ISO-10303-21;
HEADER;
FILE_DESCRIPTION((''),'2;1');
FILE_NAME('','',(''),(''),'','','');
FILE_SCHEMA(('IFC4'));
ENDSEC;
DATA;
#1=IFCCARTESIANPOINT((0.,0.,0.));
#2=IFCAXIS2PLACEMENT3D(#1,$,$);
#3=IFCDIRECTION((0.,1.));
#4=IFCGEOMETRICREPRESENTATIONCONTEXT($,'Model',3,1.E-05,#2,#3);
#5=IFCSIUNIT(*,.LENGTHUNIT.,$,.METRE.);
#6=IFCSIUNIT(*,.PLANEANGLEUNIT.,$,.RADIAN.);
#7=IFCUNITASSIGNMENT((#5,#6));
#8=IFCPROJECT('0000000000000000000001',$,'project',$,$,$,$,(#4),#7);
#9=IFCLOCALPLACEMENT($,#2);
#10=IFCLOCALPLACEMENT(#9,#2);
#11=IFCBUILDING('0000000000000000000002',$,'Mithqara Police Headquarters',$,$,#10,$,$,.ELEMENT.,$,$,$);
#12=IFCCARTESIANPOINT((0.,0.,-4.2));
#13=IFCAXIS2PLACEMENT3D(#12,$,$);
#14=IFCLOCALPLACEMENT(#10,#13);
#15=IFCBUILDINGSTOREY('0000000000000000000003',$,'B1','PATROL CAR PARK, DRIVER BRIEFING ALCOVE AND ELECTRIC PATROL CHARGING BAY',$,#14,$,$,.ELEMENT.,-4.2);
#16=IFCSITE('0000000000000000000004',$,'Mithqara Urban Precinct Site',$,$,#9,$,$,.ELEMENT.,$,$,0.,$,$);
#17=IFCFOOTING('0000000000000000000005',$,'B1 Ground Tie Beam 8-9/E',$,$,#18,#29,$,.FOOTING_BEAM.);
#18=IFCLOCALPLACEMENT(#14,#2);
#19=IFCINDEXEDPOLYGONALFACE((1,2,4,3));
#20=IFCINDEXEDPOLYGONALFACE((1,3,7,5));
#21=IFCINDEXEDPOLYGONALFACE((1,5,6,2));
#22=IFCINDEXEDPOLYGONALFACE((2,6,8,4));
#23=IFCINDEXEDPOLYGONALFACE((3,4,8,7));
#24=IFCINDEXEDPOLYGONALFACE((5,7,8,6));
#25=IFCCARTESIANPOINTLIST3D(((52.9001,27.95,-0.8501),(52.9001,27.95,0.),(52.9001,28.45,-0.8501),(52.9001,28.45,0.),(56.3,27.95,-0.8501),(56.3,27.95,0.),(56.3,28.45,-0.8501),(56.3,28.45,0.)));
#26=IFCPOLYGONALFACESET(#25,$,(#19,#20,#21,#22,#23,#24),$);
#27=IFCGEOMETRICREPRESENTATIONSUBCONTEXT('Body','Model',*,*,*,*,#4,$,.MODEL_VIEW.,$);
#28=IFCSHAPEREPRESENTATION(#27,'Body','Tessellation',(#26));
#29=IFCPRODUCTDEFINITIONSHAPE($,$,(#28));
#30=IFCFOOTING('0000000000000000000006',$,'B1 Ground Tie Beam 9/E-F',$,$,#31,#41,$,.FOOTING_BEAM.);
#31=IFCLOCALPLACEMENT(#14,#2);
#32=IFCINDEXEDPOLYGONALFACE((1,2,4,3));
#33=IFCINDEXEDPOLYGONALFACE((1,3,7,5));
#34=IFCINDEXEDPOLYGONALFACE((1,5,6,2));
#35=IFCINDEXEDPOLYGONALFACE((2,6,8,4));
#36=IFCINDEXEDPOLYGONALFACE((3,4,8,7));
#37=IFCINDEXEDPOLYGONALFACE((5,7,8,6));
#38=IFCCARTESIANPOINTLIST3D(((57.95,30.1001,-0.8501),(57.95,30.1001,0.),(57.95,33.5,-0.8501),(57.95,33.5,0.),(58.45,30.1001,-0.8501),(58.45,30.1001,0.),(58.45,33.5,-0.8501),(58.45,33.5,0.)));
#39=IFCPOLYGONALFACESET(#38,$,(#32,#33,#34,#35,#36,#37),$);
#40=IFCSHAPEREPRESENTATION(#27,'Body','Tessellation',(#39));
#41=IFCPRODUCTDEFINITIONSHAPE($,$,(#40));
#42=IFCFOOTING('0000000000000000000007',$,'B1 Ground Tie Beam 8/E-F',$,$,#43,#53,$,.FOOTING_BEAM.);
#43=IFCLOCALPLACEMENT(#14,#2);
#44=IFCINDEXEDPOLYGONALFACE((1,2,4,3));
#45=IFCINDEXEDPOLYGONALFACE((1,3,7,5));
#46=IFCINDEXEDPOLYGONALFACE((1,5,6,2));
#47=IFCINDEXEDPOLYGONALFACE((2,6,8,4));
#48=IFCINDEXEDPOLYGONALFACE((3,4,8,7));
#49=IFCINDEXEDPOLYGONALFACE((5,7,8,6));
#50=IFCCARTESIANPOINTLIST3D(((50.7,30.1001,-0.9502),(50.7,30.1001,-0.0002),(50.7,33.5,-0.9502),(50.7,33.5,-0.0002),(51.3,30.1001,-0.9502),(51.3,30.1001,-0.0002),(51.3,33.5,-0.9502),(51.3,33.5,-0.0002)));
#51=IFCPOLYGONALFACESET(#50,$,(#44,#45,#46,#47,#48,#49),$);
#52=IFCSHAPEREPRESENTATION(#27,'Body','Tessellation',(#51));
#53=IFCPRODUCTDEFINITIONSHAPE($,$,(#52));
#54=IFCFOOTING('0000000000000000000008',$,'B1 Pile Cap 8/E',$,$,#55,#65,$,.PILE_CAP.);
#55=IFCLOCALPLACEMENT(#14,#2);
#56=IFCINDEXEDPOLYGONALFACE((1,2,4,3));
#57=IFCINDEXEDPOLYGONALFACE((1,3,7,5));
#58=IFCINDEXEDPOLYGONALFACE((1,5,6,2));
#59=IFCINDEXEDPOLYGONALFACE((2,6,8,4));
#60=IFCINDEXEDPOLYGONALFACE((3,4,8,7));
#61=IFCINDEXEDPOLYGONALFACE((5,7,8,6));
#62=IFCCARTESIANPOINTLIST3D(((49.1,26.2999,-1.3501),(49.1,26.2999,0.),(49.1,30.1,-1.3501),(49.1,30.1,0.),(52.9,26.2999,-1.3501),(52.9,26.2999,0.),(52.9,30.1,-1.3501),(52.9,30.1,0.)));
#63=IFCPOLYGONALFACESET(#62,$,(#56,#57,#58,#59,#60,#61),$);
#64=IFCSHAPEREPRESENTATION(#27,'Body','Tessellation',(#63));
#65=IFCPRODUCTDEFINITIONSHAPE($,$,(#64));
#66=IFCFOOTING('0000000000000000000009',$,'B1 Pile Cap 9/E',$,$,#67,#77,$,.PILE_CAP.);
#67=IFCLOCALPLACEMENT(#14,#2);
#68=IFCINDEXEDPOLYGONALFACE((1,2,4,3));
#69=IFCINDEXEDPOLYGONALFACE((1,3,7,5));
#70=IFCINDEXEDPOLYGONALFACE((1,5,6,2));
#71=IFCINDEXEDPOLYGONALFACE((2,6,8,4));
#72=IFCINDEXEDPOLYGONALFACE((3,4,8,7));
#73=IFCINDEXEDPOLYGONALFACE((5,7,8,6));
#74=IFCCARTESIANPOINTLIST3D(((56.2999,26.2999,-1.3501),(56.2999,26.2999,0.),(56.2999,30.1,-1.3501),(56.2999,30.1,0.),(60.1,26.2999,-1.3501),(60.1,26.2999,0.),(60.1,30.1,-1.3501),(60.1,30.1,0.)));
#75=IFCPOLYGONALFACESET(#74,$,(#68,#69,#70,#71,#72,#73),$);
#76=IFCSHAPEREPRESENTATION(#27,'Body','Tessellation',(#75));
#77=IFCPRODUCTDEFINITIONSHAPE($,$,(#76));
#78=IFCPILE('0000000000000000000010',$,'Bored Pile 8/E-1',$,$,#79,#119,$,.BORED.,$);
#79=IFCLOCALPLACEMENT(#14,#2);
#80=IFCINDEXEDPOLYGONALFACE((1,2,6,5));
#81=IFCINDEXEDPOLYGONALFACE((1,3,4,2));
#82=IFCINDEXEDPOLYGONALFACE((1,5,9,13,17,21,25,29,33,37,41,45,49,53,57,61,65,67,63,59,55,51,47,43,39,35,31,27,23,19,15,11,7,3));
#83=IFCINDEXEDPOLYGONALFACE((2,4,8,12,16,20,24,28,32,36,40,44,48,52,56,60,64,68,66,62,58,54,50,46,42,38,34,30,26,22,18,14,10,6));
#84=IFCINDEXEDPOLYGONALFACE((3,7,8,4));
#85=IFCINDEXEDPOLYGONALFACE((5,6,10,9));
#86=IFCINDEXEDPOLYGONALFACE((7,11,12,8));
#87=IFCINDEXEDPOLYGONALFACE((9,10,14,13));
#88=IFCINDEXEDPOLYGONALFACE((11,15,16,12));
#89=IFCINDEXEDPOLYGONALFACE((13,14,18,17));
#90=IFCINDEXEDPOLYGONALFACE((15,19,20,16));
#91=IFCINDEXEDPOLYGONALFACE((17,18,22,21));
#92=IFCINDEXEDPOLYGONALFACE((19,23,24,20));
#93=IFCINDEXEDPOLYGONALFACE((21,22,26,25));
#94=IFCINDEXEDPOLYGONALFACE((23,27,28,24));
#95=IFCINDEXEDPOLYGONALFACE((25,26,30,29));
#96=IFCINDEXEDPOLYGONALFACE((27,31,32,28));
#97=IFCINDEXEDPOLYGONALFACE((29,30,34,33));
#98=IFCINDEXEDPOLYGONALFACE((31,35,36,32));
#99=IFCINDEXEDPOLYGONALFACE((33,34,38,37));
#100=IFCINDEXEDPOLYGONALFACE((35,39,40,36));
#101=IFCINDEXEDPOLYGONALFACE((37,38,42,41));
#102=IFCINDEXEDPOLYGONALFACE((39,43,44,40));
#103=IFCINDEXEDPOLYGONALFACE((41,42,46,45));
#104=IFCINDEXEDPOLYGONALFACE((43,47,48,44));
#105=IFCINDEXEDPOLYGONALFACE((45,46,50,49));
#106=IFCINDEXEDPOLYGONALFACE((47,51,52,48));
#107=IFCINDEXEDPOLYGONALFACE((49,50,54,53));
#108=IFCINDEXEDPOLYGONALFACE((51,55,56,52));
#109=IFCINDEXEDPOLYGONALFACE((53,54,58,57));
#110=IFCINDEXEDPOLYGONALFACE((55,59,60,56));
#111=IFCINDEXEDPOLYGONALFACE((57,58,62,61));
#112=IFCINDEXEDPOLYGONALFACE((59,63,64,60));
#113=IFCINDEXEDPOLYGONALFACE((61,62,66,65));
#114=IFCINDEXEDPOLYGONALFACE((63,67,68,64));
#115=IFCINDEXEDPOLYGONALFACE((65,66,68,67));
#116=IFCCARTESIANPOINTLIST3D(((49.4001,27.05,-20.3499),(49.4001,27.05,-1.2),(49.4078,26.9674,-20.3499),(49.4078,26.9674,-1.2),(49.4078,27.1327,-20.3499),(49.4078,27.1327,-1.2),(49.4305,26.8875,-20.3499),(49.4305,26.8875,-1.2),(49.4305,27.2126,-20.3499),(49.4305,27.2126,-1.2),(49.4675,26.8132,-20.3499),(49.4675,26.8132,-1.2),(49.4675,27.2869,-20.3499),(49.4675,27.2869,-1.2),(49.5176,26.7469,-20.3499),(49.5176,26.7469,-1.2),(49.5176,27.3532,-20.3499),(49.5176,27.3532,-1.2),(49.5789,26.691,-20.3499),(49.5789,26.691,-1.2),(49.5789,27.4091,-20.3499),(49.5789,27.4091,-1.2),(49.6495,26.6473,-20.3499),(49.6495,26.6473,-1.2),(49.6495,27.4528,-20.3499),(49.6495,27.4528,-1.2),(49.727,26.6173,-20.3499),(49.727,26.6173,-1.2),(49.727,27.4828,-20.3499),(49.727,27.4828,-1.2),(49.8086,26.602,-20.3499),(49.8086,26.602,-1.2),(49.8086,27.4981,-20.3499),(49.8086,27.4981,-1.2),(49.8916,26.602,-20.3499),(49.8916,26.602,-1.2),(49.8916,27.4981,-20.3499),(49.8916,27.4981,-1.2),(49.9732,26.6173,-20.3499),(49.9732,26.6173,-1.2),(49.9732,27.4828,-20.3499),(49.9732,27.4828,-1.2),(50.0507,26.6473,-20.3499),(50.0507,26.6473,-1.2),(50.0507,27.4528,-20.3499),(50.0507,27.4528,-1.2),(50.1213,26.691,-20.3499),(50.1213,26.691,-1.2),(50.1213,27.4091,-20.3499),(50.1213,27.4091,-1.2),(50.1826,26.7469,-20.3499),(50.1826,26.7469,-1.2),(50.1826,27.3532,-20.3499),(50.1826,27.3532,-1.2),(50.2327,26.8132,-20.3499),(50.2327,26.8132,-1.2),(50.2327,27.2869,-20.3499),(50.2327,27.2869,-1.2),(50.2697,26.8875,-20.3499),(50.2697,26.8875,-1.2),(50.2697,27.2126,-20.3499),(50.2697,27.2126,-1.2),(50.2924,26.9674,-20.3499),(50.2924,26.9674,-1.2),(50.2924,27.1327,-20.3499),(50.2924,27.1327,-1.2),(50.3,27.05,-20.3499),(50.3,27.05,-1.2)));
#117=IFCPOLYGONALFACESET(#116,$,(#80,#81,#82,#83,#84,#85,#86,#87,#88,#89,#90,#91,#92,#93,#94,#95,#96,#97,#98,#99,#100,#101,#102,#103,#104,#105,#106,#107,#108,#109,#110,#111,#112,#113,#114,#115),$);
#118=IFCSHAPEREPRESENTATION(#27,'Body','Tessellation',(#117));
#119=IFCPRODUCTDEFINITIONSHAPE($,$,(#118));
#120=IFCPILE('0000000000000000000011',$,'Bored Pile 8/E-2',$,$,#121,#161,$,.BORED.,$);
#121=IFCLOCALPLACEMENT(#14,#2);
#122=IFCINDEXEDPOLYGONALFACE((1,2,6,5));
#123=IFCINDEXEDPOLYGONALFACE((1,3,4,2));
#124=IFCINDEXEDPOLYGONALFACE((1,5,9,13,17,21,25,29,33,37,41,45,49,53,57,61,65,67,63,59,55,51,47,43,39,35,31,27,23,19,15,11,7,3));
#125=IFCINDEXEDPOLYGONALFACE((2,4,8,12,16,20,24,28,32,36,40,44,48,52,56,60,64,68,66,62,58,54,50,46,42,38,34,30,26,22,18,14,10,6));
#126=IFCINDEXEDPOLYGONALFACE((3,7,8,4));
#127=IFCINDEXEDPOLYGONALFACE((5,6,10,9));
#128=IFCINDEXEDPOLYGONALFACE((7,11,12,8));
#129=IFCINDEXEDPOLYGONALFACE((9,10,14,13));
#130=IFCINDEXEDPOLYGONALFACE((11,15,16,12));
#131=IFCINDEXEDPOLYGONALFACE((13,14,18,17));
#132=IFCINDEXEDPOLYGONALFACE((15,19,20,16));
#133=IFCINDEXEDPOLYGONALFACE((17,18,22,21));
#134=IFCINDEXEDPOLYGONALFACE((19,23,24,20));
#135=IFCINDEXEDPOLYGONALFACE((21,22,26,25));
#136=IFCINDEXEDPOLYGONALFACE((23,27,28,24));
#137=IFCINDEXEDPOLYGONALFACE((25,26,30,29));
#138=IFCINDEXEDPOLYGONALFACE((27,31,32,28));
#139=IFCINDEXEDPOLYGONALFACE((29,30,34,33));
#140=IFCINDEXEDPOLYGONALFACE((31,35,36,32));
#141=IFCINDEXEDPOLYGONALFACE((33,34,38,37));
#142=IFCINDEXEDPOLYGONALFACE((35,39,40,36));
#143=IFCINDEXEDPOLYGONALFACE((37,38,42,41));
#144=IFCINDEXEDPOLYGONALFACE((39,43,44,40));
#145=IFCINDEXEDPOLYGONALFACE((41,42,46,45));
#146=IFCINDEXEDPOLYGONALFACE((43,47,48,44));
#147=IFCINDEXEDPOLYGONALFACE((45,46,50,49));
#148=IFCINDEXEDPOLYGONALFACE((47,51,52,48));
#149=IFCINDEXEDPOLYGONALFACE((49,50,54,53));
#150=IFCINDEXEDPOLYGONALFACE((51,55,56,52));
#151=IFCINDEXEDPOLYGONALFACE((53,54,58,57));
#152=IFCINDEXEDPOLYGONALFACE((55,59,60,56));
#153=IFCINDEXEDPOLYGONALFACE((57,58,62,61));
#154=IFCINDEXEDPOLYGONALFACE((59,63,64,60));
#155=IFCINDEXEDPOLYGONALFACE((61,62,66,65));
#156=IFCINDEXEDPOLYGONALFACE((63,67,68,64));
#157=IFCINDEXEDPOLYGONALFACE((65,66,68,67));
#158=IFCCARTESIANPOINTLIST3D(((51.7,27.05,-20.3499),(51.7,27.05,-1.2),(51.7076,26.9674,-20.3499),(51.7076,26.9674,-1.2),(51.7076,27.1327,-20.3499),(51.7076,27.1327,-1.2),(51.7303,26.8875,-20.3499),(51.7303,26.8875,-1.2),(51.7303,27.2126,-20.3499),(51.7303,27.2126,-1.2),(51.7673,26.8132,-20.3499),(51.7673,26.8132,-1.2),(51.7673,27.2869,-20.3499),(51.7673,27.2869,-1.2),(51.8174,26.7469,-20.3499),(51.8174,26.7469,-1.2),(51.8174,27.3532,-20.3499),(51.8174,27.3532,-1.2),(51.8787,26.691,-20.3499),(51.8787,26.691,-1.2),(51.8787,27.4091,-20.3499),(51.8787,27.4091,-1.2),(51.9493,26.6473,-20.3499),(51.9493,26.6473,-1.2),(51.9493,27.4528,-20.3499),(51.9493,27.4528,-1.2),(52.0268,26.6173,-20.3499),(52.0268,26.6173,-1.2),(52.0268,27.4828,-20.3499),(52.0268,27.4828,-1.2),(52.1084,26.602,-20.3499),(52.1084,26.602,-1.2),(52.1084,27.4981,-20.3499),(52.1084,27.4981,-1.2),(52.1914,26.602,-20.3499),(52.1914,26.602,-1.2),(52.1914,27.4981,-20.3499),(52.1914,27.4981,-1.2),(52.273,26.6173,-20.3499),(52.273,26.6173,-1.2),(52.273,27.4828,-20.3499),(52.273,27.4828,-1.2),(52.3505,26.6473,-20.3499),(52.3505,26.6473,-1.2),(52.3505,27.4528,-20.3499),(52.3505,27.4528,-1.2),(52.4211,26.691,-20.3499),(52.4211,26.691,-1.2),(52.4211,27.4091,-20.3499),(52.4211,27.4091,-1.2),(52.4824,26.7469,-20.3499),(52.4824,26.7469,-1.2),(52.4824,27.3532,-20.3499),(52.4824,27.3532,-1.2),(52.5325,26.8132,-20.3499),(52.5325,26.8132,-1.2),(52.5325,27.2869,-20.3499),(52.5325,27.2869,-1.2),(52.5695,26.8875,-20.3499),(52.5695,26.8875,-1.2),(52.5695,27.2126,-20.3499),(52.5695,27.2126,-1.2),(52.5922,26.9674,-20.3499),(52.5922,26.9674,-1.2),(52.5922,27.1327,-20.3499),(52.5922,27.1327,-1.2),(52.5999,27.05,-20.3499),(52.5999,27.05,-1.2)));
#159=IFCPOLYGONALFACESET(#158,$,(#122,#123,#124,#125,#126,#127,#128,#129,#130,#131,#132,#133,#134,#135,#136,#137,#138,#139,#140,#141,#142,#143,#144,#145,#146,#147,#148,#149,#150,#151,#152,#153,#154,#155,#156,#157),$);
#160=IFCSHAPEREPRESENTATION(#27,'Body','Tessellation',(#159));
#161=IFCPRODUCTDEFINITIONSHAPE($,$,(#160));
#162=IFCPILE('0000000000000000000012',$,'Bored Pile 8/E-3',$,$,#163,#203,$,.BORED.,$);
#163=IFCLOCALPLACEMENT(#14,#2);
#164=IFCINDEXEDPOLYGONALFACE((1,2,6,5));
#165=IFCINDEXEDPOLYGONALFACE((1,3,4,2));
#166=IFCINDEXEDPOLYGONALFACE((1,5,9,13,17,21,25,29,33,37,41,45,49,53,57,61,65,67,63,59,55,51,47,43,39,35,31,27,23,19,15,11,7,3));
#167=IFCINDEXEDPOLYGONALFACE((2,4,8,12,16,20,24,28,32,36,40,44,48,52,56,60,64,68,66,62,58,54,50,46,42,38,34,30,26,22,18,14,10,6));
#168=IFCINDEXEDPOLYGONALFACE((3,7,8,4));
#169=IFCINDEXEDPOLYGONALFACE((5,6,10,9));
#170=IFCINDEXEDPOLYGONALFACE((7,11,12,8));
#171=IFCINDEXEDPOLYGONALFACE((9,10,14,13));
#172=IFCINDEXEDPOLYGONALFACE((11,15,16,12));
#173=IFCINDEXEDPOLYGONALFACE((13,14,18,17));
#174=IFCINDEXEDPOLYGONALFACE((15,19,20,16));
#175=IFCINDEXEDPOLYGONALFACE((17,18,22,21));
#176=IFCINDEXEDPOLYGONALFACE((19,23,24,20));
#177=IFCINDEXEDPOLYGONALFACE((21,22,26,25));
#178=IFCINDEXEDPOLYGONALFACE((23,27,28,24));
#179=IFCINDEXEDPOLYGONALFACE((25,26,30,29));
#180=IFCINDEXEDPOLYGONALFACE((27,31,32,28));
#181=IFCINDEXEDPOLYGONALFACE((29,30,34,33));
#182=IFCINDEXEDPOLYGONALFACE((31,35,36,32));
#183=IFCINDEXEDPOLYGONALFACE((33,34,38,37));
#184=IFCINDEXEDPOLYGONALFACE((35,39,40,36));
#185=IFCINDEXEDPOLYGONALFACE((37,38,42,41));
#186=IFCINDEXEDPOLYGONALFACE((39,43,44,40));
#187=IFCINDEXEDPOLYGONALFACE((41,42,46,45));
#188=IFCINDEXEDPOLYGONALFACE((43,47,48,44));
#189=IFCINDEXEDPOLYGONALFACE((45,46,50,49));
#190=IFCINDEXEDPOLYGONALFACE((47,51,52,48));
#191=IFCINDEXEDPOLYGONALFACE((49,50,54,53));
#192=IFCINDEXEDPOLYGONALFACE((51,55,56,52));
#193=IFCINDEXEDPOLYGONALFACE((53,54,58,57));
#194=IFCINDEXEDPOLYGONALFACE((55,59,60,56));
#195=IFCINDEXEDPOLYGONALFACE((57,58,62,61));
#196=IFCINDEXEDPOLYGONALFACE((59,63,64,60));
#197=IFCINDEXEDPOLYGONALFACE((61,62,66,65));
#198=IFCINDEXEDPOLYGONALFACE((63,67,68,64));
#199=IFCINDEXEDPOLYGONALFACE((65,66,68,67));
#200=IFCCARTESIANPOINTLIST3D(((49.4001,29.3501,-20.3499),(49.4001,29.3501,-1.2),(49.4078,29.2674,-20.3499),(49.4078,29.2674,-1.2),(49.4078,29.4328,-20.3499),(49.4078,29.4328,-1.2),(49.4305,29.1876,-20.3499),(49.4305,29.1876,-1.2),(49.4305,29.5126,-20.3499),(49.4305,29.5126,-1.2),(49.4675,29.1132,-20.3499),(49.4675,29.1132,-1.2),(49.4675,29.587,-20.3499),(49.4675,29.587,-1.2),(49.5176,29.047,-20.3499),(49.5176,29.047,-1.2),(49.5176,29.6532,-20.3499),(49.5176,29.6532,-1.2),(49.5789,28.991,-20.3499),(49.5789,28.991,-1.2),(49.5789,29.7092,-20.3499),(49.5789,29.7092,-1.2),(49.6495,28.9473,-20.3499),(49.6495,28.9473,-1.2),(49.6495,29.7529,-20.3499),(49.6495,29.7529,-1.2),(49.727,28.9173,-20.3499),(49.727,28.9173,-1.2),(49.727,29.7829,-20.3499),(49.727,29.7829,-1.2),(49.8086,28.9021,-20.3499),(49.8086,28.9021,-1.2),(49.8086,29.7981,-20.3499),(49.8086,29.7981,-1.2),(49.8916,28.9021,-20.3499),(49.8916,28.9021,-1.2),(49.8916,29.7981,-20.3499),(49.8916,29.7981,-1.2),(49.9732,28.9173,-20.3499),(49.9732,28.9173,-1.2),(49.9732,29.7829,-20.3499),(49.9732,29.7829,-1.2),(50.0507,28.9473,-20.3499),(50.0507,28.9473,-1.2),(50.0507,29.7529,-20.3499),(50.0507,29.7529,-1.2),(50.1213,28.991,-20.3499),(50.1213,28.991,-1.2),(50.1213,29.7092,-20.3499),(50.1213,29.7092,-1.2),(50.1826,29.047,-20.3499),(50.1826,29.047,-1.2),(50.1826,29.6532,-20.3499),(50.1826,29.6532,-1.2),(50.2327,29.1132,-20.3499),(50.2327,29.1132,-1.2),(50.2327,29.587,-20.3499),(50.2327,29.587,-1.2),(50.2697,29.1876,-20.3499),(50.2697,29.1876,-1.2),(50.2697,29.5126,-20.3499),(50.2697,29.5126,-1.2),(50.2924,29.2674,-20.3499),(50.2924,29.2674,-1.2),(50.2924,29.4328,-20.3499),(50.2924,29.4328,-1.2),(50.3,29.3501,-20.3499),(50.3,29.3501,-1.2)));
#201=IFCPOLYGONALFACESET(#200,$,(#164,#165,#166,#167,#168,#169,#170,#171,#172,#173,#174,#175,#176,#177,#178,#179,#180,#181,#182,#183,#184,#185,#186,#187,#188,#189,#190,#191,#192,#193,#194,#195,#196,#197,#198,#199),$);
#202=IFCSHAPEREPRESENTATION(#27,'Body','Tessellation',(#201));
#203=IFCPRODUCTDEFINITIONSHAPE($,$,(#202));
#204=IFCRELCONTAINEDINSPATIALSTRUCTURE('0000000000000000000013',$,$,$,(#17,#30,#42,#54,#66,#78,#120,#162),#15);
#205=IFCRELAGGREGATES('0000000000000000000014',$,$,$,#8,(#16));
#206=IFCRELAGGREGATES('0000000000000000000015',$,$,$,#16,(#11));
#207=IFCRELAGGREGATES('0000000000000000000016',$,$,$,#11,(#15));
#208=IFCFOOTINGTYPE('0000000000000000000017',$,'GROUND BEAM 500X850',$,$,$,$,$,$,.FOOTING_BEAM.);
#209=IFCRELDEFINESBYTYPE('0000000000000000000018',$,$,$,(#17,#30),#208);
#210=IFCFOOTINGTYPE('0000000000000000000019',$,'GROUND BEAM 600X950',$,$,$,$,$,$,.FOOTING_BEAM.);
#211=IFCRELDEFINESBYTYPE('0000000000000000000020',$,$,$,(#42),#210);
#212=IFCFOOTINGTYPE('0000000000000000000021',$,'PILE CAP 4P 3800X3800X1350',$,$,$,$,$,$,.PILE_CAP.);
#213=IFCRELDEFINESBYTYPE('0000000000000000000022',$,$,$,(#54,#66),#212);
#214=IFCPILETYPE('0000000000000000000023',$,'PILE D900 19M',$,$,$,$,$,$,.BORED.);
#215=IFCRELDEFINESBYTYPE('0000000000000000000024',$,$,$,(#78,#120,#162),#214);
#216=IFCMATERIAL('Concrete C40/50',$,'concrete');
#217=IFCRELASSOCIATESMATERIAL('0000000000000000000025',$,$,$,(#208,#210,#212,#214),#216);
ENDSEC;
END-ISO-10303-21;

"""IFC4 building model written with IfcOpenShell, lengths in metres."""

from ifc_helpers import new_model, si_unit, direction, frame, origin, origin_2d, place, context, subcontext, project, spatial, rectangle, circle, extrude, material, material_profile, profile_set, type_object, element, save


model = new_model("IFC4")

# Units and contexts
model_context = context("Model", 3, precision=1e-05, world=origin(), true_north=direction((0.0, 1.0)))
body_context = subcontext(model_context, "Body", "Model", "MODEL_VIEW")
ifc_project = project(units=[si_unit("LENGTHUNIT", "METRE"), si_unit("PLANEANGLEUNIT", "RADIAN")], contexts=[model_context])

# Site, building, storey
site_placement = place(None, origin())
site = spatial("IfcSite", under=ifc_project, at=site_placement, Name="Mithqara Urban Precinct Site", CompositionType="ELEMENT", RefElevation=0.0)
building_placement = place(site_placement, origin())
building = spatial("IfcBuilding", under=site, at=building_placement, Name="Mithqara Police Headquarters", CompositionType="ELEMENT")
storey_placement = place(building_placement, frame((0.0, 0.0, -4.2)))
storey = spatial("IfcBuildingStorey", under=building, at=storey_placement, Name="B1", Description="PATROL CAR PARK, DRIVER BRIEFING ALCOVE AND ELECTRIC PATROL CHARGING BAY", CompositionType="ELEMENT", Elevation=-4.2)

# Footings
ifc_material_1 = material(Name="Concrete C40/50", Category="concrete")
footing_type_1 = type_object("IfcFootingType", Name="GROUND BEAM 500X850", PredefinedType="FOOTING_BEAM", material=ifc_material_1)
footing_1_placement = place(storey_placement, frame((54.6001, 28.2, -0.8501), z_axis=(0.0, 0.0, 1.0), x_axis=(1.0, 0.0, 0.0)))
element("IfcFooting", 1, at=footing_1_placement, inside=storey, type_object=footing_type_1, Name="B1 Ground Tie Beam 8-9/E", PredefinedType="FOOTING_BEAM", context=body_context, shape_type="SweptSolid", body=[
    extrude(rectangle(XDim=3.3999, YDim=0.5, at=origin_2d()), origin(), (0.0, 0.0, 1.0), 0.8501),
])
footing_2_placement = place(storey_placement, frame((58.2, 31.8, -0.8501), z_axis=(0.0, 0.0, 1.0), x_axis=(1.0, 0.0, 0.0)))
element("IfcFooting", 2, at=footing_2_placement, inside=storey, type_object=footing_type_1, Name="B1 Ground Tie Beam 9/E-F", PredefinedType="FOOTING_BEAM", context=body_context, shape_type="SweptSolid", body=[
    extrude(rectangle(XDim=0.5, YDim=3.3999, at=origin_2d()), origin(), (0.0, 0.0, 1.0), 0.8501),
])
footing_type_2 = type_object("IfcFootingType", Name="GROUND BEAM 600X950", PredefinedType="FOOTING_BEAM", material=ifc_material_1)
footing_3_placement = place(storey_placement, frame((51.0, 31.8, -0.9502), z_axis=(0.0, 0.0, 1.0), x_axis=(1.0, 0.0, 0.0)))
element("IfcFooting", 3, at=footing_3_placement, inside=storey, type_object=footing_type_2, Name="B1 Ground Tie Beam 8/E-F", PredefinedType="FOOTING_BEAM", context=body_context, shape_type="SweptSolid", body=[
    extrude(rectangle(XDim=0.6001, YDim=3.3999, at=origin_2d()), origin(), (0.0, 0.0, 1.0), 0.95),
])
footing_type_3 = type_object("IfcFootingType", Name="PILE CAP 4P 3800X3800X1350", PredefinedType="PILE_CAP", material=ifc_material_1)
for number, where, z_axis, x_axis, name in (
    (4, (51.0, 28.2, -1.3501), (0.0, 0.0, 1.0), (1.0, 0.0, 0.0), "B1 Pile Cap 8/E"),
    (5, (58.2, 28.2, -1.3501), (0.0, 0.0, 1.0), (1.0, 0.0, 0.0), "B1 Pile Cap 9/E"),
):
    element("IfcFooting", number, at=place(storey_placement, frame(where, z_axis=z_axis, x_axis=x_axis)), inside=storey, type_object=footing_type_3, Name=name, PredefinedType="PILE_CAP", context=body_context, shape_type="SweptSolid", body=[
        extrude(rectangle(XDim=3.8, YDim=3.8, at=origin_2d()), origin(), (0.0, 0.0, 1.0), 1.3501),
    ])

# Piles
ifc_material_profile_1 = material_profile(ifc_material_1, circle(Radius=0.45, at=origin_2d()), Name="PILE D900")
ifc_profile_set_1 = profile_set([ifc_material_profile_1], Name="Concrete C40/50")
pile_type = type_object("IfcPileType", Name="PILE D900 19M", PredefinedType="BORED", material=ifc_profile_set_1)
for number, where, z_axis, x_axis, name in (
    (6, (49.8501, 27.05, -1.2), (0.0, 0.0, -1.0), (1.0, 0.0, 0.0), "Bored Pile 8/E-1"),
    (7, (52.1499, 27.05, -1.2), (0.0, 0.0, -1.0), (1.0, 0.0, 0.0), "Bored Pile 8/E-2"),
    (8, (49.8501, 29.3501, -1.2), (0.0, 0.0, -1.0), (1.0, 0.0, 0.0), "Bored Pile 8/E-3"),
):
    element("IfcPile", number, at=place(storey_placement, frame(where, z_axis=z_axis, x_axis=x_axis)), inside=storey, type_object=pile_type, Name=name, PredefinedType="BORED", context=body_context, shape_type="SweptSolid", body=[
        extrude(circle(Radius=0.45, at=origin_2d()), origin(), (0.0, 0.0, 1.0), 19.1499),
    ])

save(model, "model.ifc")
